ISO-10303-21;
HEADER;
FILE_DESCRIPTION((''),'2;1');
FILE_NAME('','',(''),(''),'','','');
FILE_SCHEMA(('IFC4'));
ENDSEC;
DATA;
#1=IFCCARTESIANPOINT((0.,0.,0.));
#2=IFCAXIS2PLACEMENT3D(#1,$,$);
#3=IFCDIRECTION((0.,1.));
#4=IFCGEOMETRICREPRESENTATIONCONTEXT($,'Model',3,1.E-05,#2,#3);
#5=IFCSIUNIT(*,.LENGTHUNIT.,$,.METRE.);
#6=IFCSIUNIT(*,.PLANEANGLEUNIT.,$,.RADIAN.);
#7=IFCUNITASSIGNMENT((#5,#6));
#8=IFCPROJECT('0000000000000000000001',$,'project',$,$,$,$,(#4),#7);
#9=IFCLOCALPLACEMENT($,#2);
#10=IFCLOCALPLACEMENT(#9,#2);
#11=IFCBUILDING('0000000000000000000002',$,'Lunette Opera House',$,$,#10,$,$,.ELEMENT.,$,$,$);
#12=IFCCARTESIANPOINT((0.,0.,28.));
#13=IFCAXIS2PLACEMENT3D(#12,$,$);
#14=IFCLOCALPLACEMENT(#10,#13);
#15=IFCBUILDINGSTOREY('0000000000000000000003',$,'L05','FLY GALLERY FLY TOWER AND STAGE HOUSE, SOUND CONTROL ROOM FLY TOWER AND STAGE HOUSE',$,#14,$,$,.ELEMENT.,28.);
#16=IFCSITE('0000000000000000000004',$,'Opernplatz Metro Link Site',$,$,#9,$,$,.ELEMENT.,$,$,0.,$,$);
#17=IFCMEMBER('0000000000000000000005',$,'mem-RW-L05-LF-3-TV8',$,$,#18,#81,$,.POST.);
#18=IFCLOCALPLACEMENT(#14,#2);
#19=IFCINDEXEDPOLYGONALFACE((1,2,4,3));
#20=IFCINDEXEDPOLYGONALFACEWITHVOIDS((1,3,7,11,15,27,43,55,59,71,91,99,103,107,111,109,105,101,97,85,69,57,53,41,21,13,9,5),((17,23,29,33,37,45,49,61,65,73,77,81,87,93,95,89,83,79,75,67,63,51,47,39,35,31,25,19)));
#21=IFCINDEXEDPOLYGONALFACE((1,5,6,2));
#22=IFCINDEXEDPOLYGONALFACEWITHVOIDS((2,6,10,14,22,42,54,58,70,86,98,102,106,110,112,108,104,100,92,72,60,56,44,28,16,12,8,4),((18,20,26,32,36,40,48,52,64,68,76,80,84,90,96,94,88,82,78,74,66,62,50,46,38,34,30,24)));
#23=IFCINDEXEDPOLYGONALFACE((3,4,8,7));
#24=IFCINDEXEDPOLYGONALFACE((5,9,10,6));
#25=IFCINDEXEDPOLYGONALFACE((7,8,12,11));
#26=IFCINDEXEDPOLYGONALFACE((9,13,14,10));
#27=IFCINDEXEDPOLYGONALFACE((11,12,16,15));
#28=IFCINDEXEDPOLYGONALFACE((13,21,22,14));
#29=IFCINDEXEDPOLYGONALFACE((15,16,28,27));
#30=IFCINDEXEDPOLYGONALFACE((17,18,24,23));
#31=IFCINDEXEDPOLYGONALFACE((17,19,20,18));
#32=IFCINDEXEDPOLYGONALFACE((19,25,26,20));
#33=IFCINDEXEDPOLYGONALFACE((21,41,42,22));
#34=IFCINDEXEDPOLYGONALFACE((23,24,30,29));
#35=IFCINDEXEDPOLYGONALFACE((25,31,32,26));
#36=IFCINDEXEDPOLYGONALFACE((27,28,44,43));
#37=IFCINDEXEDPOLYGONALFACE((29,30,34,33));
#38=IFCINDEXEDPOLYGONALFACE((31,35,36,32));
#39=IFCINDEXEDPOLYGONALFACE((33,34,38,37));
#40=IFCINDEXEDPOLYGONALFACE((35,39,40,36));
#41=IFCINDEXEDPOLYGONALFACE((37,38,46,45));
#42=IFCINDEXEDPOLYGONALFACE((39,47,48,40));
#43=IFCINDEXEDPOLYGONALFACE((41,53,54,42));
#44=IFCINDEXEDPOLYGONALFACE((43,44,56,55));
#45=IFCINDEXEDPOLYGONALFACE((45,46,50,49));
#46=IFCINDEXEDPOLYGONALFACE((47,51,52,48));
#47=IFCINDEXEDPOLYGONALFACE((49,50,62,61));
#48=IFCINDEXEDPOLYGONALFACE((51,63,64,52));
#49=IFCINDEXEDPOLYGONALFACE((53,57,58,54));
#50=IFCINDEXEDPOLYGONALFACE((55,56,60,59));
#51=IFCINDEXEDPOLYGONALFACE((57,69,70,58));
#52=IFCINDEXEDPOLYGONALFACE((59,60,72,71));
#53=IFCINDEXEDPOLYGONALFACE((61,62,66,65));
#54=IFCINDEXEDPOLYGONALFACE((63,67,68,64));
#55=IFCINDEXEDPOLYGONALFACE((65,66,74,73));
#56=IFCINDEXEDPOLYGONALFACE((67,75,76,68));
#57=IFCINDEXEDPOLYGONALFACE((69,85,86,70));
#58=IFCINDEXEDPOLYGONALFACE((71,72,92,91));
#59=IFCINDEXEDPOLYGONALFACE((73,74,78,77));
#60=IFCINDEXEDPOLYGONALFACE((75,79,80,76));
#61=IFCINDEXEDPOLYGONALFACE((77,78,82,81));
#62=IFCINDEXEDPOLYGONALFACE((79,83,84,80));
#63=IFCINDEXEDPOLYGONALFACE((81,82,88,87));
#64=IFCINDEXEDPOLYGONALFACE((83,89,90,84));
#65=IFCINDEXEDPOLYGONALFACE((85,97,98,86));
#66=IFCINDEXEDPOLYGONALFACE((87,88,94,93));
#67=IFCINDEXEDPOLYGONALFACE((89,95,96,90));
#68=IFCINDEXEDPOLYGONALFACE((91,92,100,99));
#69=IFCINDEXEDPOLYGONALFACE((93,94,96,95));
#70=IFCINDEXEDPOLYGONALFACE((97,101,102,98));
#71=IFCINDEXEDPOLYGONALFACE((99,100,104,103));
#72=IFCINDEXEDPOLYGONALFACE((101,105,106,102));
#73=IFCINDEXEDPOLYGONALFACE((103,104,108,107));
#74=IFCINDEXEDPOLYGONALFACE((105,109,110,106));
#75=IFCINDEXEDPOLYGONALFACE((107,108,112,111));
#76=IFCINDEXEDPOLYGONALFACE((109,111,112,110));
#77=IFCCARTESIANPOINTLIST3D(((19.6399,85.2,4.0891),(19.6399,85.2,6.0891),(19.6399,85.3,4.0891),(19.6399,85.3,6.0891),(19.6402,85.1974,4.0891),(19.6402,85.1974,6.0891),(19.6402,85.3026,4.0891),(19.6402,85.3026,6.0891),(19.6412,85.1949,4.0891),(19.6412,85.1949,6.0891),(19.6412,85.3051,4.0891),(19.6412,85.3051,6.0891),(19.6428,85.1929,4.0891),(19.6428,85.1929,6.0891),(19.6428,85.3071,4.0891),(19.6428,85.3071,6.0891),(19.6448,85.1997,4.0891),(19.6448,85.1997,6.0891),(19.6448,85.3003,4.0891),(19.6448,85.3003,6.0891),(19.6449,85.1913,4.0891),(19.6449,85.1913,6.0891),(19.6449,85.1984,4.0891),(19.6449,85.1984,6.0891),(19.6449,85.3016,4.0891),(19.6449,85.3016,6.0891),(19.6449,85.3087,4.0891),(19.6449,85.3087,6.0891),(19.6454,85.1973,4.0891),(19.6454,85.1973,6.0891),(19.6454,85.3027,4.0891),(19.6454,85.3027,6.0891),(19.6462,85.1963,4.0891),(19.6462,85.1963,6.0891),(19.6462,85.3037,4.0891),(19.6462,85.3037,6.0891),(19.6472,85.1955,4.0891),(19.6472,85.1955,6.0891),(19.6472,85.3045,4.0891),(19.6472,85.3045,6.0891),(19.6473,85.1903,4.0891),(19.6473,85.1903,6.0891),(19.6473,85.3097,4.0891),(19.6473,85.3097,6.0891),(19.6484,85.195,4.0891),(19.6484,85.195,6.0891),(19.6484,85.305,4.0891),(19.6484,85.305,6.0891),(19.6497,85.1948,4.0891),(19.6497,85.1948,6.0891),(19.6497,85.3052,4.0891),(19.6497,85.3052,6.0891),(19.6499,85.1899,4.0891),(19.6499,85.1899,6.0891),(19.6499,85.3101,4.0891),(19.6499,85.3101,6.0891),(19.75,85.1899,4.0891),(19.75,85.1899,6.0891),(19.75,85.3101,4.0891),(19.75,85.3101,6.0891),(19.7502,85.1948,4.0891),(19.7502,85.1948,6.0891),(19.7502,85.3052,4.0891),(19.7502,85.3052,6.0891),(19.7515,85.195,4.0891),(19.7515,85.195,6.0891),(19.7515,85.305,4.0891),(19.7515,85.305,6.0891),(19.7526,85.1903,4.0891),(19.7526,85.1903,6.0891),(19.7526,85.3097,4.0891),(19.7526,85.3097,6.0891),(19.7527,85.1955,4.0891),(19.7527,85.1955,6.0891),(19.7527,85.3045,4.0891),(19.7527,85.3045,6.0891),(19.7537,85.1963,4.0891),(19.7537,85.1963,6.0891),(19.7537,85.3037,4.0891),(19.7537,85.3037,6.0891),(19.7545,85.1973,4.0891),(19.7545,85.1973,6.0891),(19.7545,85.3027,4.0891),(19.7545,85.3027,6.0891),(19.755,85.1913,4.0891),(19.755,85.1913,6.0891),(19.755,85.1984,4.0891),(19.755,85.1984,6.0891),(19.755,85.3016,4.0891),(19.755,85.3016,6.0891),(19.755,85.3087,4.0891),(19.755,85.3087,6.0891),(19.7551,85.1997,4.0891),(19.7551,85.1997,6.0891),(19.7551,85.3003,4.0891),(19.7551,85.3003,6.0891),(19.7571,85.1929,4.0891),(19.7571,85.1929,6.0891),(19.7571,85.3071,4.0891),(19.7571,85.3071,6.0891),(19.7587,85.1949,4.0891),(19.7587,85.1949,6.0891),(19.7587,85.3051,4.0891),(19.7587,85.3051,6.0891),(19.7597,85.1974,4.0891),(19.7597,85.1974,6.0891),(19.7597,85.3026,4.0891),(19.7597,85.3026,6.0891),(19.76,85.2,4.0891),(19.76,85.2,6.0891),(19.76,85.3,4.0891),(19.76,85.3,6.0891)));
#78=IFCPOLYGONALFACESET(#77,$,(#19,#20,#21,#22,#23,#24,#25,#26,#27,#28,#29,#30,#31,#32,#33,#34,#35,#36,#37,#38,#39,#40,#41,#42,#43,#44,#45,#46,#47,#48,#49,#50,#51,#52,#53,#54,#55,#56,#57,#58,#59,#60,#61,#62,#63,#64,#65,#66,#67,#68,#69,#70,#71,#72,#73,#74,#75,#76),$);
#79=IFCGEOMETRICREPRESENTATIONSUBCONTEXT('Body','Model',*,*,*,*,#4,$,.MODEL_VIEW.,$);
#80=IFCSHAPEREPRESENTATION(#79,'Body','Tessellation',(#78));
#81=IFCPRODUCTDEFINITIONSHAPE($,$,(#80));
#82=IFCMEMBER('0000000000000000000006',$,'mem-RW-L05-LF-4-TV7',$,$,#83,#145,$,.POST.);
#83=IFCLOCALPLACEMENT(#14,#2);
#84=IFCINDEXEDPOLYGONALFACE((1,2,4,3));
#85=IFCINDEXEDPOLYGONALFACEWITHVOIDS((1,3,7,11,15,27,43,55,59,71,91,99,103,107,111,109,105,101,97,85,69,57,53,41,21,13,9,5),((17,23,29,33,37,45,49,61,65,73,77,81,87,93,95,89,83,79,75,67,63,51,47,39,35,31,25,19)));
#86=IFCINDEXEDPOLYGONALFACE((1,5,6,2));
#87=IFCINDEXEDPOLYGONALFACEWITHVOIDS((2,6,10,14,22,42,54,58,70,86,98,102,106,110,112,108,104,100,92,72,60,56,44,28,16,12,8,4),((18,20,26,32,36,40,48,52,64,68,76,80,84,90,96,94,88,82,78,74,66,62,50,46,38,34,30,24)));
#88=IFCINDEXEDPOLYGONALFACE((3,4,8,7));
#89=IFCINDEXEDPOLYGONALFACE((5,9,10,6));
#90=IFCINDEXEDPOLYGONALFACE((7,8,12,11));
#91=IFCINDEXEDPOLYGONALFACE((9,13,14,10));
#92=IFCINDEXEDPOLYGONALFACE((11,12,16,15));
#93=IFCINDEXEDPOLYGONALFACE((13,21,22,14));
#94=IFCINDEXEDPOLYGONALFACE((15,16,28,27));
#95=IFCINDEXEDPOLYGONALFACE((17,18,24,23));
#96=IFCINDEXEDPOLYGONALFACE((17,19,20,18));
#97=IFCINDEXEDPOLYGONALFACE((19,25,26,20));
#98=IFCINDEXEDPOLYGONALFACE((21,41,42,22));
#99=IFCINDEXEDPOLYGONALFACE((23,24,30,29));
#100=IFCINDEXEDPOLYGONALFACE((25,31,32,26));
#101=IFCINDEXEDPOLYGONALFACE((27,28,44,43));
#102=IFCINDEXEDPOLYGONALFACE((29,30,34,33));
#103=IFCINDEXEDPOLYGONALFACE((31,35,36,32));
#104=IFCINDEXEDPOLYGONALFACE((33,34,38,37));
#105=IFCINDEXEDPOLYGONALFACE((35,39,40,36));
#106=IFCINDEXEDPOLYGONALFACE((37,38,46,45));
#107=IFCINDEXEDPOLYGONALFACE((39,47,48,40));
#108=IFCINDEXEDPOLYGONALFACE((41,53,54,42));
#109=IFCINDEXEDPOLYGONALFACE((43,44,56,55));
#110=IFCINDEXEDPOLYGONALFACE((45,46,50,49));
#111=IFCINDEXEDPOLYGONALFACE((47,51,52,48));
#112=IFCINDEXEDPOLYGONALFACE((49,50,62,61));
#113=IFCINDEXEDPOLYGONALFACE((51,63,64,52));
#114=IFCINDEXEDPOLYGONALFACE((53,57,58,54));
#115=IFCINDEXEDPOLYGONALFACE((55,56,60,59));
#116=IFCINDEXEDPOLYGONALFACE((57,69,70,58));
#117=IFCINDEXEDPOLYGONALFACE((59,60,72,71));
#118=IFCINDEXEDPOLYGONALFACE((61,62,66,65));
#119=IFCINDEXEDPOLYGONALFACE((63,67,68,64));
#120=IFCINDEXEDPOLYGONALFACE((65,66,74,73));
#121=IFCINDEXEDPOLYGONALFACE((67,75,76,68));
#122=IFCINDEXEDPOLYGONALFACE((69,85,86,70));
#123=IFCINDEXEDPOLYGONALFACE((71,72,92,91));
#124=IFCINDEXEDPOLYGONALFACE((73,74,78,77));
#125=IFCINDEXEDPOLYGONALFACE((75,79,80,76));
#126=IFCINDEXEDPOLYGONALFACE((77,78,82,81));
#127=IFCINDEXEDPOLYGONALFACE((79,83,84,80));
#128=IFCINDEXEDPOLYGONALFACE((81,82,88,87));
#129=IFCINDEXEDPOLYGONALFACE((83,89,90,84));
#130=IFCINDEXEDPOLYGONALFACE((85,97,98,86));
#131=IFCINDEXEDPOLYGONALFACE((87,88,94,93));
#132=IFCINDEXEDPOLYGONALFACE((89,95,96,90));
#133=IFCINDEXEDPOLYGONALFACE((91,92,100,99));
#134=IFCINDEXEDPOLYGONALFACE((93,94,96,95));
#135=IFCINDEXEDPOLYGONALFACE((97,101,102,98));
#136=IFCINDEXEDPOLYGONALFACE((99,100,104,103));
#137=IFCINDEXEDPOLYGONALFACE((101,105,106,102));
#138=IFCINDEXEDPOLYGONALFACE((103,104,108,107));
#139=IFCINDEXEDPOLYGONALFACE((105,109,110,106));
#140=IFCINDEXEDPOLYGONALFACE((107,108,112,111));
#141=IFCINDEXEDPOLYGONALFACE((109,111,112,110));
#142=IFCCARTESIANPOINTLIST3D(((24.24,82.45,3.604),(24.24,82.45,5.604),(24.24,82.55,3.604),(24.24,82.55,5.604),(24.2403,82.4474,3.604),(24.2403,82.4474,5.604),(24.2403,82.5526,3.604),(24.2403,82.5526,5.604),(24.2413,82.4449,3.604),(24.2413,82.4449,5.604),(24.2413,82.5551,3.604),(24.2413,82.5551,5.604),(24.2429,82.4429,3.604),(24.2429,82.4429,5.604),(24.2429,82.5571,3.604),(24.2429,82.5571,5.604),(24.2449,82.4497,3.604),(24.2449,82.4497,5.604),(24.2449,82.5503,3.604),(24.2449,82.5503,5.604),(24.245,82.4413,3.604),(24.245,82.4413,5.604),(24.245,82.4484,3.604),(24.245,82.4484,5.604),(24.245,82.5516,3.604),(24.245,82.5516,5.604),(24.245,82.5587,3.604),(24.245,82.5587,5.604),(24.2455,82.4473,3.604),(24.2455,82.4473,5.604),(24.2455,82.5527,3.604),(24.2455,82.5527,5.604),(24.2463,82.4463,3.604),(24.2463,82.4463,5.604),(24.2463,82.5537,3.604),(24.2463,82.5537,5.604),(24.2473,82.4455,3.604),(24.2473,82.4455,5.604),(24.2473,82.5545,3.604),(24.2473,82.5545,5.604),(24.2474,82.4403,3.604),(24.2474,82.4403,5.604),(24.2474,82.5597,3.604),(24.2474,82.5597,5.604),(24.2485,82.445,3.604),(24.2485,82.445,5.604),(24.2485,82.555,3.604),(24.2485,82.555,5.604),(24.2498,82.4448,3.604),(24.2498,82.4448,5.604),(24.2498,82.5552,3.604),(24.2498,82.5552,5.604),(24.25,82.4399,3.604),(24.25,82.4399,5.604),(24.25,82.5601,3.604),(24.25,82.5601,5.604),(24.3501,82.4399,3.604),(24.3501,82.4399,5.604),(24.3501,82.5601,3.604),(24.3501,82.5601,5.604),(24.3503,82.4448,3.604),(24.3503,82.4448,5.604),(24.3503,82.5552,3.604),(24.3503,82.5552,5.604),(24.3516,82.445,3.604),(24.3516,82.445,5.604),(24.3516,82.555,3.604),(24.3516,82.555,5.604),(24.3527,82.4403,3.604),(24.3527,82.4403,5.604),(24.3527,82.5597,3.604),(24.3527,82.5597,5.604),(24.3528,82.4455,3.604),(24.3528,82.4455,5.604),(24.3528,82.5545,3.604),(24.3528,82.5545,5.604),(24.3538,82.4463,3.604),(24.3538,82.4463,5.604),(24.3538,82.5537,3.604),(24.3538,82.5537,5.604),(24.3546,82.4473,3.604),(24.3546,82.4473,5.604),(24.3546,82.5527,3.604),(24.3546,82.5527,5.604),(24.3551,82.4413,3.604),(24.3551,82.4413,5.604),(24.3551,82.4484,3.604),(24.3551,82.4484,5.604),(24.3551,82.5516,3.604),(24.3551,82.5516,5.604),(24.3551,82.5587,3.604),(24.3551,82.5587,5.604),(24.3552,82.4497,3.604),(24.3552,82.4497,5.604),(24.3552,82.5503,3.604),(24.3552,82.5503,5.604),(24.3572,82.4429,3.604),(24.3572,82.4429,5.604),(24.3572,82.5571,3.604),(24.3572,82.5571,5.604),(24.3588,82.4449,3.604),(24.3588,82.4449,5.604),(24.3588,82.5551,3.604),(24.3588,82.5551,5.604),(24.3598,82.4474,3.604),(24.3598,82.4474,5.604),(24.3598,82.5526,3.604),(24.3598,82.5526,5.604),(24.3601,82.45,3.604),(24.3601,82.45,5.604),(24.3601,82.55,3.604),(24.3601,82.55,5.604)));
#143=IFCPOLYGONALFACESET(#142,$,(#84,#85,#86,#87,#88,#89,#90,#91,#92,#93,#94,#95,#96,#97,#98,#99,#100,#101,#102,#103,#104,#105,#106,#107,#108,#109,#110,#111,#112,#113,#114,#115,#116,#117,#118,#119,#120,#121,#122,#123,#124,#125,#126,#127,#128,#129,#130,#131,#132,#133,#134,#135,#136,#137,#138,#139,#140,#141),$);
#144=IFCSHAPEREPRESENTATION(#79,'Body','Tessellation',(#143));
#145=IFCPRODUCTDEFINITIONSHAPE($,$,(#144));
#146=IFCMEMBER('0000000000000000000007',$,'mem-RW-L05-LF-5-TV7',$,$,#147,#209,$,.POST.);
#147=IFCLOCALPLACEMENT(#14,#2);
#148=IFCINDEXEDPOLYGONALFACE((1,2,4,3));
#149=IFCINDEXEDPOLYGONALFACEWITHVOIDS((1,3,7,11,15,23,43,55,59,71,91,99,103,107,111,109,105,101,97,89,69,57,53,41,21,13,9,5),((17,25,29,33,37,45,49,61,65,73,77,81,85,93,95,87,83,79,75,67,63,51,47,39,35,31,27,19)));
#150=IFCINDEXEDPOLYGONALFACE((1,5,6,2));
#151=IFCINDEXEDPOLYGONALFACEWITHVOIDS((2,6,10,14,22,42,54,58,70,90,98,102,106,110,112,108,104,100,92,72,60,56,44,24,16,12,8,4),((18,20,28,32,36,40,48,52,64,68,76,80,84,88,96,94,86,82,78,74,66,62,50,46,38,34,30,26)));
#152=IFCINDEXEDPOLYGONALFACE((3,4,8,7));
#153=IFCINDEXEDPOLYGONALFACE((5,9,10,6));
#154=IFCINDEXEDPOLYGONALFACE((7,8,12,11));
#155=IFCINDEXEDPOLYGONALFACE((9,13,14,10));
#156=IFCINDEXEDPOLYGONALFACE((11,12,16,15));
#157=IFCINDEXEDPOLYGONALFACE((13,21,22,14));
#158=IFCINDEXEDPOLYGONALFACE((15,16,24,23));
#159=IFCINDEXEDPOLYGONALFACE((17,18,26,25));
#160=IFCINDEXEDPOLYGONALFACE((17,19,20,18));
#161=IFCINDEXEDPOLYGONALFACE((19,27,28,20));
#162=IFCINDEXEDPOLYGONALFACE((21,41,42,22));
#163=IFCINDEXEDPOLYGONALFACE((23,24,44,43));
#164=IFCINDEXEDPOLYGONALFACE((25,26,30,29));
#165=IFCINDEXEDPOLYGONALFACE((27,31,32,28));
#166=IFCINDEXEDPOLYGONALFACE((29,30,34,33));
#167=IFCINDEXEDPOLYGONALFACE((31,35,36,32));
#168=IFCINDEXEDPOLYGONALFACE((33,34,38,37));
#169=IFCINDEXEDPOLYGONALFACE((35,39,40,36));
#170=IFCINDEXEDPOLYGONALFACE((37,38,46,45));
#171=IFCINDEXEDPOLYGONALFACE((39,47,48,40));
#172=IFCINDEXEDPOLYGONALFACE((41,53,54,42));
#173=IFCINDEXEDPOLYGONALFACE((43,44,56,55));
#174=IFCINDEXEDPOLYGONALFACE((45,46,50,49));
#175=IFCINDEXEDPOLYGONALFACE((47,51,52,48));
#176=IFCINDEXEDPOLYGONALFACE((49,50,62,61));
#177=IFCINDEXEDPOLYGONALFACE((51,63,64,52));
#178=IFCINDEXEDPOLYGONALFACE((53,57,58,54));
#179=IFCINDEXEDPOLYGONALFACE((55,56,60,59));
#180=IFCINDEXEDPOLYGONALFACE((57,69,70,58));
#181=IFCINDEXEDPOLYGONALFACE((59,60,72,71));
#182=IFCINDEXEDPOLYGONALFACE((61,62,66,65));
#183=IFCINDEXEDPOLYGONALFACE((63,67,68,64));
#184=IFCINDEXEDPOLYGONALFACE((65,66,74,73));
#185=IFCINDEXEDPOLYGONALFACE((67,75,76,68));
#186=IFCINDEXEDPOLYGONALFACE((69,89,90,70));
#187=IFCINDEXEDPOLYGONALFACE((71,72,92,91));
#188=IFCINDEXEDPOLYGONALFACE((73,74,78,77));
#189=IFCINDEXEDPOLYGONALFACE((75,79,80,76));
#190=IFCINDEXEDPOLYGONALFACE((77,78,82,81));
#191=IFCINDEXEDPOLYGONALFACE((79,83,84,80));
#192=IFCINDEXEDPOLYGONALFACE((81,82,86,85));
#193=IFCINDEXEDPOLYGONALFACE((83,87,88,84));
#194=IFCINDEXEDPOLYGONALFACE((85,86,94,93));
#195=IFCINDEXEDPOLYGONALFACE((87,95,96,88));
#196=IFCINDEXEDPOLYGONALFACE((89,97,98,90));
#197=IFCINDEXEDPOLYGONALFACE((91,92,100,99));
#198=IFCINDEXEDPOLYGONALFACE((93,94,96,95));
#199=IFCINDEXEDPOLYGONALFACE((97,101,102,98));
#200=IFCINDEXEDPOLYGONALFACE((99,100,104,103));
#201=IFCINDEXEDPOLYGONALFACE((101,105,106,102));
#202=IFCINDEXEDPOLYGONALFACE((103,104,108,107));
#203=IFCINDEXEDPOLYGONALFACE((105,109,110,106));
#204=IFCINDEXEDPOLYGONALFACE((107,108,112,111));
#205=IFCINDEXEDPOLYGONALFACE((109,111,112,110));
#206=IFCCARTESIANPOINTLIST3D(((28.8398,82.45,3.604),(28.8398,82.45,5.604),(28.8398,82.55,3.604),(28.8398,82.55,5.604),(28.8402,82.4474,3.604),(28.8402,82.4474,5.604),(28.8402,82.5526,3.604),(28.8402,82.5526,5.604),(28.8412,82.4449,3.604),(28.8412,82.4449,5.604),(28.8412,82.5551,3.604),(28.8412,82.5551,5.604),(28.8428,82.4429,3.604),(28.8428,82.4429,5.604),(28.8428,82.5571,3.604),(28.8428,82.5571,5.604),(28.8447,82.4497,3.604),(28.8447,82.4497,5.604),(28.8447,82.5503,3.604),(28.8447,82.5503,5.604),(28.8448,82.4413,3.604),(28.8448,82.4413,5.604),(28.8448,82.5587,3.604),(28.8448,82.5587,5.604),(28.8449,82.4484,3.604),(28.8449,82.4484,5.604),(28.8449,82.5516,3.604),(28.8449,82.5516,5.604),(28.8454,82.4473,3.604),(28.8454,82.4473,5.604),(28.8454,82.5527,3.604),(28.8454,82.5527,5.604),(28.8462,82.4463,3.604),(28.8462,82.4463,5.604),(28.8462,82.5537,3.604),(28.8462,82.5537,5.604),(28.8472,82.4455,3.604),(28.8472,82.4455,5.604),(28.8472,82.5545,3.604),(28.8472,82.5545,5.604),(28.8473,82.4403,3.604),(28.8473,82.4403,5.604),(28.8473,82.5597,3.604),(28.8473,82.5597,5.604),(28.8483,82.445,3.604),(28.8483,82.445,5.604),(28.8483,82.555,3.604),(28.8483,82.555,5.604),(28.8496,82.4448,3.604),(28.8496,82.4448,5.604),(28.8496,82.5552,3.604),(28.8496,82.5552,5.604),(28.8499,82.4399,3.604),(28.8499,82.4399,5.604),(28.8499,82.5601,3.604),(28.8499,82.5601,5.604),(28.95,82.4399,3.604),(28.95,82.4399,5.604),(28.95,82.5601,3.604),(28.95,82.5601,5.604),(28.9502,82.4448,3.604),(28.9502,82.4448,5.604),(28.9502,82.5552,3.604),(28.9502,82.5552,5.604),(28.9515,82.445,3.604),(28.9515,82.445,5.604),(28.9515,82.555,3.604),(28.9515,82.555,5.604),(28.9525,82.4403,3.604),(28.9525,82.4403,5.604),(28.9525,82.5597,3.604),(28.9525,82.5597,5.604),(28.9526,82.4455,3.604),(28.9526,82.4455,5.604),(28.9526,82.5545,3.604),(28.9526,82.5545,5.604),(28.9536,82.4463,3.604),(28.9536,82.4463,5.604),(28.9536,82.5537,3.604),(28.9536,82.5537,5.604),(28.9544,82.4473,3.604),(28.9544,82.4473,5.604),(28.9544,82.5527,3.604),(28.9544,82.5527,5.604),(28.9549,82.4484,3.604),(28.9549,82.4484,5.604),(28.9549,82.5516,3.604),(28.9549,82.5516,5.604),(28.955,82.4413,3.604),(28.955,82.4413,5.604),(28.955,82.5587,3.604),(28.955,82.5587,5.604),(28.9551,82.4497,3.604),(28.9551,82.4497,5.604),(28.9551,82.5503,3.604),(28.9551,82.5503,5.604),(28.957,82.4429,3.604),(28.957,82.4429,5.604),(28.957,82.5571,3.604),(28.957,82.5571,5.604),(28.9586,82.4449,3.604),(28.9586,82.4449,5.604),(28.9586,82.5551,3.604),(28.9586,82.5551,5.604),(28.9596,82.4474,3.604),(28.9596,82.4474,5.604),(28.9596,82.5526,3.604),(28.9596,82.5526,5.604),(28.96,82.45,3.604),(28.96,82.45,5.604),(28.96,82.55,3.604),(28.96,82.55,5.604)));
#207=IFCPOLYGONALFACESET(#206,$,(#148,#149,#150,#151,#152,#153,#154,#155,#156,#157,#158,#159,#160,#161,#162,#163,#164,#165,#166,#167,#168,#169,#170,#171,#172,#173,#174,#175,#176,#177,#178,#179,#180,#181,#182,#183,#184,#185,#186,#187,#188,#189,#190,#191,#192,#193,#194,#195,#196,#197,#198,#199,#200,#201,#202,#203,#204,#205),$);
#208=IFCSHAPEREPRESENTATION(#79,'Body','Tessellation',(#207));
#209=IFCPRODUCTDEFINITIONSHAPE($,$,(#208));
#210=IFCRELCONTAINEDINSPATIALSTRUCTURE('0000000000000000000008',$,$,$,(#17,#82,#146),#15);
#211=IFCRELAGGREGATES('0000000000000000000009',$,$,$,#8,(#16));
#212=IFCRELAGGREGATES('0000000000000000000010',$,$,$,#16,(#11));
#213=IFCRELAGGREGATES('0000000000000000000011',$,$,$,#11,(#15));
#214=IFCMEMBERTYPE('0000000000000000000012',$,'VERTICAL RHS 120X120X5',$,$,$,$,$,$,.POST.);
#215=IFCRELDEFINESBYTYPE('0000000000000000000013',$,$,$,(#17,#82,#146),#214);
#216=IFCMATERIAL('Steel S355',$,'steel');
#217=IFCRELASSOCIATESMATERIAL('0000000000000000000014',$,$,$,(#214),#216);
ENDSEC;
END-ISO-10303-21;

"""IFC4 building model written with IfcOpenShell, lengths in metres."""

from ifc_helpers import new_model, si_unit, direction, frame, origin, origin_2d, place, context, subcontext, project, spatial, hollow_rectangle, extrude, material, material_profile, profile_set, type_object, element, save


model = new_model("IFC4")

# Units and contexts
model_context = context("Model", 3, precision=1e-05, world=origin(), true_north=direction((0.0, 1.0)))
body_context = subcontext(model_context, "Body", "Model", "MODEL_VIEW")
ifc_project = project(units=[si_unit("LENGTHUNIT", "METRE"), si_unit("PLANEANGLEUNIT", "RADIAN")], contexts=[model_context])

# Site, building, storey
site_placement = place(None, origin())
site = spatial("IfcSite", under=ifc_project, at=site_placement, Name="Opernplatz Metro Link Site", CompositionType="ELEMENT", RefElevation=0.0)
building_placement = place(site_placement, origin())
building = spatial("IfcBuilding", under=site, at=building_placement, Name="Lunette Opera House", CompositionType="ELEMENT")
storey_placement = place(building_placement, frame((0.0, 0.0, 28.0)))
storey = spatial("IfcBuildingStorey", under=building, at=storey_placement, Name="L05", Description="FLY GALLERY FLY TOWER AND STAGE HOUSE, SOUND CONTROL ROOM FLY TOWER AND STAGE HOUSE", CompositionType="ELEMENT", Elevation=28.0)

# Members
ifc_material_1 = material(Name="Steel S355", Category="steel")
ifc_material_profile_1 = material_profile(ifc_material_1, hollow_rectangle(XDim=0.1201, YDim=0.1201, WallThickness=0.0049, InnerFilletRadius=0.0049, OuterFilletRadius=0.01, at=origin_2d()), Name="RHS 120X120X5")
ifc_profile_set_1 = profile_set([ifc_material_profile_1], Name="Steel S355")
member_type_1 = type_object("IfcMemberType", Name="VERTICAL RHS 120X120X5", PredefinedType="POST", material=ifc_profile_set_1)
for number, where, z_axis, x_axis, name in (
    (1, (19.7, 85.25, 4.0891), (0.0, 0.0, 1.0), (1.0, 0.0, 0.0), "mem-RW-L05-LF-3-TV8"),
    (2, (24.3, 82.5, 3.604), (0.0, 0.0, 1.0), (1.0, 0.0, 0.0), "mem-RW-L05-LF-4-TV7"),
    (3, (28.8999, 82.5, 3.604), (0.0, 0.0, 1.0), (1.0, 0.0, 0.0), "mem-RW-L05-LF-5-TV7"),
):
    element("IfcMember", number, at=place(storey_placement, frame(where, z_axis=z_axis, x_axis=x_axis)), inside=storey, type_object=member_type_1, Name=name, PredefinedType="POST", context=body_context, shape_type="SweptSolid", body=[
        extrude(hollow_rectangle(XDim=0.1201, YDim=0.1201, WallThickness=0.0049, InnerFilletRadius=0.0049, OuterFilletRadius=0.01, at=origin_2d()), origin(), (0.0, 0.0, 1.0), 2.0),
    ])

save(model, "model.ifc")
